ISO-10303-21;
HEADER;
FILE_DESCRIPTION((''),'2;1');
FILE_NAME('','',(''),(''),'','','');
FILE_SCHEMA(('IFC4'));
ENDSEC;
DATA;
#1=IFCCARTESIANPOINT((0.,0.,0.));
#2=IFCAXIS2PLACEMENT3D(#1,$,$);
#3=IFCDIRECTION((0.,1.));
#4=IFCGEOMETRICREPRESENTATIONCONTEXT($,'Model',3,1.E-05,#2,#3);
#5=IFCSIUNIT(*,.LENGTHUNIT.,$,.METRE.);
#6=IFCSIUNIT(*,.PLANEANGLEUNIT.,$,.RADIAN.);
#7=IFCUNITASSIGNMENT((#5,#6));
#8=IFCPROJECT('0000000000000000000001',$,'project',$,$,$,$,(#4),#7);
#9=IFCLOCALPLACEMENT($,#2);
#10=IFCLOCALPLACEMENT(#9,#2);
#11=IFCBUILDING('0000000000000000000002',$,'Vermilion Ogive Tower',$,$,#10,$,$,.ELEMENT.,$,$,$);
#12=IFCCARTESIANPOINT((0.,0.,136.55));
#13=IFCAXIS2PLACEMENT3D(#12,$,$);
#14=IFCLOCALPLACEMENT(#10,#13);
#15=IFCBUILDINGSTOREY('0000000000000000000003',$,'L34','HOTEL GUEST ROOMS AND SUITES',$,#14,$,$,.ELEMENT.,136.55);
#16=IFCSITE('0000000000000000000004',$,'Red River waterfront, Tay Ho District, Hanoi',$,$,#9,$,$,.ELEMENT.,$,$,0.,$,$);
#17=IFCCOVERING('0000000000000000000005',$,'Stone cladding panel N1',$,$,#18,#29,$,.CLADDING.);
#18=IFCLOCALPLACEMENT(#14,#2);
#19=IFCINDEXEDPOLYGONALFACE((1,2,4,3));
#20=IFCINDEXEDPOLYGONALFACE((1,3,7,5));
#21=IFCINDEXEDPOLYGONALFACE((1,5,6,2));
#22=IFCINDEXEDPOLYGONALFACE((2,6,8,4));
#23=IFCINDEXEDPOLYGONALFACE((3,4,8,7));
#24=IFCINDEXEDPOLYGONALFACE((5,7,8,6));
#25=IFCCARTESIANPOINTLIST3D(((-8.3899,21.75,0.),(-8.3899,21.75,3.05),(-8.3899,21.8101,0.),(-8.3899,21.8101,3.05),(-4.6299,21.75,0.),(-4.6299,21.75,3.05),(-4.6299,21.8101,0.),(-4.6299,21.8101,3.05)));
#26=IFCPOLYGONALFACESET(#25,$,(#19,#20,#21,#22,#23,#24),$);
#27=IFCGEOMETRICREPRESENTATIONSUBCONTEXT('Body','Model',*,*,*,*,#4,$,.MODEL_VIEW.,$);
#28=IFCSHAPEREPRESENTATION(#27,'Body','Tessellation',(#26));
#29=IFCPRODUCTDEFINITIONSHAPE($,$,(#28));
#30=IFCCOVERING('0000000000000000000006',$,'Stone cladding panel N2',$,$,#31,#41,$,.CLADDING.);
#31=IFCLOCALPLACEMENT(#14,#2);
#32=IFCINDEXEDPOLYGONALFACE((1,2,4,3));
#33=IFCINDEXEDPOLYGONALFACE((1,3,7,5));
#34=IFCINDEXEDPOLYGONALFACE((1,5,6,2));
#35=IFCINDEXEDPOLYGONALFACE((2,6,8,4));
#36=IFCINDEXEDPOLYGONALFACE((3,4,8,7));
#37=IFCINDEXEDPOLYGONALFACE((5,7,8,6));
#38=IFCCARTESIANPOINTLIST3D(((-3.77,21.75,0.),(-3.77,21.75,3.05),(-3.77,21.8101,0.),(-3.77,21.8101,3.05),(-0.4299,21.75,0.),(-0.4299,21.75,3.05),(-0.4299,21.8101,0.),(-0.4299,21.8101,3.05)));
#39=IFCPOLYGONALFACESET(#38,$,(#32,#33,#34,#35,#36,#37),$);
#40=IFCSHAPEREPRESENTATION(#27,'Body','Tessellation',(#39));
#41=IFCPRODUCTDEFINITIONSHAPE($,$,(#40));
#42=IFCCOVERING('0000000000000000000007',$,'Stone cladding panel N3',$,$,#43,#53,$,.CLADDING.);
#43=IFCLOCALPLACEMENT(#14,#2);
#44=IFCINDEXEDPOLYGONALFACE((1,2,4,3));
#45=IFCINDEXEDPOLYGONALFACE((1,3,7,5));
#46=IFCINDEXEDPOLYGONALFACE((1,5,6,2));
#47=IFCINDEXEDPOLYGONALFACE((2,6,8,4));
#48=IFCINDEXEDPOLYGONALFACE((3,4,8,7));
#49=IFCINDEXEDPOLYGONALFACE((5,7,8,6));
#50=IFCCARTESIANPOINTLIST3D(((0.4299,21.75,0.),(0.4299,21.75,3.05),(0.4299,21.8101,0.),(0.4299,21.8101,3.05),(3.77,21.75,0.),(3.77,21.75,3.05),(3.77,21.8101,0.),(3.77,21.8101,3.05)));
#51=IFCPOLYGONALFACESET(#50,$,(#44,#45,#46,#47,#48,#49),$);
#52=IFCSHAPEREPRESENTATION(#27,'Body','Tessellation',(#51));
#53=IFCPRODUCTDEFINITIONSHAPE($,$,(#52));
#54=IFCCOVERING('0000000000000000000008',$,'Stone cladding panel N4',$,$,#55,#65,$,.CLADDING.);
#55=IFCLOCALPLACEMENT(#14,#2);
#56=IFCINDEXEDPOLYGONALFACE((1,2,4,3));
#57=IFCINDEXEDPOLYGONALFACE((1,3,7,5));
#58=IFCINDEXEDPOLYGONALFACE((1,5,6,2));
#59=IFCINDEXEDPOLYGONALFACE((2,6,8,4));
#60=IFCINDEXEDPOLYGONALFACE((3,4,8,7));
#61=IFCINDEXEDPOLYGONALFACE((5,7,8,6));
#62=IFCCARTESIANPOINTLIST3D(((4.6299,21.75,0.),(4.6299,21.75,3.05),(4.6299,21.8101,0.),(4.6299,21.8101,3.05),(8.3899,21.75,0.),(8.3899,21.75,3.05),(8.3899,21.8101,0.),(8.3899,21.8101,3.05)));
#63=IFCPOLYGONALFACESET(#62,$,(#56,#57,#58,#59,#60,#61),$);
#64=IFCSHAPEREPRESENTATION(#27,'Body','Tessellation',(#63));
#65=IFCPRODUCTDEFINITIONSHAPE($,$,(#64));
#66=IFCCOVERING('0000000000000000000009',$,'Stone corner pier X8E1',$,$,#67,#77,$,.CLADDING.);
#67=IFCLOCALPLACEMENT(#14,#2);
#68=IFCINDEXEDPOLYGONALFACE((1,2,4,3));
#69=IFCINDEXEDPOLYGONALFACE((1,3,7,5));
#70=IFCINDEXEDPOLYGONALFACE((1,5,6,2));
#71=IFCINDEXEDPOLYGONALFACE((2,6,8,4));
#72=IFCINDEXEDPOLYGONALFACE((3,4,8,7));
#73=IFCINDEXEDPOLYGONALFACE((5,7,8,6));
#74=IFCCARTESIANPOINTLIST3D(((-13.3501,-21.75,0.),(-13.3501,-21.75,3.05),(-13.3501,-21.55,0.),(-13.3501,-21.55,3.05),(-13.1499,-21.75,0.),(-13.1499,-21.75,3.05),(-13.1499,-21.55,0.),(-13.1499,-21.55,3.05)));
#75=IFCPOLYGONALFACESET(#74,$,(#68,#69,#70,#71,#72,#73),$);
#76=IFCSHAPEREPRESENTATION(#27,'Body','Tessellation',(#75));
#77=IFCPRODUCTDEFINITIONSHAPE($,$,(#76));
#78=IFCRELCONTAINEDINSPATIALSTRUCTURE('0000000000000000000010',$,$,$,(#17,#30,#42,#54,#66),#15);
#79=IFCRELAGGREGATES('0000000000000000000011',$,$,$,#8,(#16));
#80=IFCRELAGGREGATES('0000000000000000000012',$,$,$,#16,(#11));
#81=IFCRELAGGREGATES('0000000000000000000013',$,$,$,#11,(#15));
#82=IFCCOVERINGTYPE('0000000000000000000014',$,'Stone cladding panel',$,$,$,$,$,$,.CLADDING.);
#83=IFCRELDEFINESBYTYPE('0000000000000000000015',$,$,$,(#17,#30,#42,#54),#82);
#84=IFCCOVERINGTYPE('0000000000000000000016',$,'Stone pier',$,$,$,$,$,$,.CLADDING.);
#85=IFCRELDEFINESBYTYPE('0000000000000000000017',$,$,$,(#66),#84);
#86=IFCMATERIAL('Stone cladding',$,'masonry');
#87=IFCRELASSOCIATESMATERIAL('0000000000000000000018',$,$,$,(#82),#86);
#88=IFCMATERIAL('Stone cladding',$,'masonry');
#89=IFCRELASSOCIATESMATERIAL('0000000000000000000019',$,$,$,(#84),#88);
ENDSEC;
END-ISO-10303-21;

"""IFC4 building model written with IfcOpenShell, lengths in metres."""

from ifc_helpers import new_model, si_unit, direction, frame, origin, place, context, subcontext, project, spatial, polyline, outline, extrude, material, type_object, element, save


model = new_model("IFC4")

# Units and contexts
model_context = context("Model", 3, precision=1e-05, world=origin(), true_north=direction((0.0, 1.0)))
body_context = subcontext(model_context, "Body", "Model", "MODEL_VIEW")
ifc_project = project(units=[si_unit("LENGTHUNIT", "METRE"), si_unit("PLANEANGLEUNIT", "RADIAN")], contexts=[model_context])

# Site, building, storey
site_placement = place(None, origin())
site = spatial("IfcSite", under=ifc_project, at=site_placement, Name="Red River waterfront, Tay Ho District, Hanoi", CompositionType="ELEMENT", RefElevation=0.0)
building_placement = place(site_placement, origin())
building = spatial("IfcBuilding", under=site, at=building_placement, Name="Vermilion Ogive Tower", CompositionType="ELEMENT")
storey_placement = place(building_placement, frame((0.0, 0.0, 136.55)))
storey = spatial("IfcBuildingStorey", under=building, at=storey_placement, Name="L34", Description="HOTEL GUEST ROOMS AND SUITES", CompositionType="ELEMENT", Elevation=136.55)

# Coverings
ifc_material_1 = material(Name="Stone cladding", Category="masonry")
covering_type_1 = type_object("IfcCoveringType", Name="Stone cladding panel", PredefinedType="CLADDING", material=ifc_material_1)
covering_1_placement = place(storey_placement, origin())
element("IfcCovering", 1, at=covering_1_placement, inside=storey, type_object=covering_type_1, Name="Stone cladding panel N1", PredefinedType="CLADDING", context=body_context, shape_type="SweptSolid", body=[
    extrude(outline(polyline([(-8.3899, 21.75), (-4.6299, 21.75), (-4.6299, 21.8101), (-8.3899, 21.8101), (-8.3899, 21.75)])), origin(), (0.0, 0.0, 1.0), 3.05),
])
covering_2_placement = place(storey_placement, origin())
element("IfcCovering", 2, at=covering_2_placement, inside=storey, type_object=covering_type_1, Name="Stone cladding panel N2", PredefinedType="CLADDING", context=body_context, shape_type="SweptSolid", body=[
    extrude(outline(polyline([(-3.77, 21.75), (-0.4299, 21.75), (-0.4299, 21.8101), (-3.77, 21.8101), (-3.77, 21.75)])), origin(), (0.0, 0.0, 1.0), 3.05),
])
covering_3_placement = place(storey_placement, origin())
element("IfcCovering", 3, at=covering_3_placement, inside=storey, type_object=covering_type_1, Name="Stone cladding panel N3", PredefinedType="CLADDING", context=body_context, shape_type="SweptSolid", body=[
    extrude(outline(polyline([(0.4299, 21.75), (3.77, 21.75), (3.77, 21.8101), (0.4299, 21.8101), (0.4299, 21.75)])), origin(), (0.0, 0.0, 1.0), 3.05),
])
covering_4_placement = place(storey_placement, origin())
element("IfcCovering", 4, at=covering_4_placement, inside=storey, type_object=covering_type_1, Name="Stone cladding panel N4", PredefinedType="CLADDING", context=body_context, shape_type="SweptSolid", body=[
    extrude(outline(polyline([(4.6299, 21.75), (8.3899, 21.75), (8.3899, 21.8101), (4.6299, 21.8101), (4.6299, 21.75)])), origin(), (0.0, 0.0, 1.0), 3.05),
])
ifc_material_2 = material(Name="Stone cladding", Category="masonry")
covering_type_2 = type_object("IfcCoveringType", Name="Stone pier", PredefinedType="CLADDING", material=ifc_material_2)
covering_5_placement = place(storey_placement, origin())
element("IfcCovering", 5, at=covering_5_placement, inside=storey, type_object=covering_type_2, Name="Stone corner pier X8E1", PredefinedType="CLADDING", context=body_context, shape_type="SweptSolid", body=[
    extrude(outline(polyline([(-13.3501, -21.55), (-13.1499, -21.55), (-13.1499, -21.75), (-13.3501, -21.75), (-13.3501, -21.55)])), origin(), (0.0, 0.0, 1.0), 3.05),
])

save(model, "model.ifc")
